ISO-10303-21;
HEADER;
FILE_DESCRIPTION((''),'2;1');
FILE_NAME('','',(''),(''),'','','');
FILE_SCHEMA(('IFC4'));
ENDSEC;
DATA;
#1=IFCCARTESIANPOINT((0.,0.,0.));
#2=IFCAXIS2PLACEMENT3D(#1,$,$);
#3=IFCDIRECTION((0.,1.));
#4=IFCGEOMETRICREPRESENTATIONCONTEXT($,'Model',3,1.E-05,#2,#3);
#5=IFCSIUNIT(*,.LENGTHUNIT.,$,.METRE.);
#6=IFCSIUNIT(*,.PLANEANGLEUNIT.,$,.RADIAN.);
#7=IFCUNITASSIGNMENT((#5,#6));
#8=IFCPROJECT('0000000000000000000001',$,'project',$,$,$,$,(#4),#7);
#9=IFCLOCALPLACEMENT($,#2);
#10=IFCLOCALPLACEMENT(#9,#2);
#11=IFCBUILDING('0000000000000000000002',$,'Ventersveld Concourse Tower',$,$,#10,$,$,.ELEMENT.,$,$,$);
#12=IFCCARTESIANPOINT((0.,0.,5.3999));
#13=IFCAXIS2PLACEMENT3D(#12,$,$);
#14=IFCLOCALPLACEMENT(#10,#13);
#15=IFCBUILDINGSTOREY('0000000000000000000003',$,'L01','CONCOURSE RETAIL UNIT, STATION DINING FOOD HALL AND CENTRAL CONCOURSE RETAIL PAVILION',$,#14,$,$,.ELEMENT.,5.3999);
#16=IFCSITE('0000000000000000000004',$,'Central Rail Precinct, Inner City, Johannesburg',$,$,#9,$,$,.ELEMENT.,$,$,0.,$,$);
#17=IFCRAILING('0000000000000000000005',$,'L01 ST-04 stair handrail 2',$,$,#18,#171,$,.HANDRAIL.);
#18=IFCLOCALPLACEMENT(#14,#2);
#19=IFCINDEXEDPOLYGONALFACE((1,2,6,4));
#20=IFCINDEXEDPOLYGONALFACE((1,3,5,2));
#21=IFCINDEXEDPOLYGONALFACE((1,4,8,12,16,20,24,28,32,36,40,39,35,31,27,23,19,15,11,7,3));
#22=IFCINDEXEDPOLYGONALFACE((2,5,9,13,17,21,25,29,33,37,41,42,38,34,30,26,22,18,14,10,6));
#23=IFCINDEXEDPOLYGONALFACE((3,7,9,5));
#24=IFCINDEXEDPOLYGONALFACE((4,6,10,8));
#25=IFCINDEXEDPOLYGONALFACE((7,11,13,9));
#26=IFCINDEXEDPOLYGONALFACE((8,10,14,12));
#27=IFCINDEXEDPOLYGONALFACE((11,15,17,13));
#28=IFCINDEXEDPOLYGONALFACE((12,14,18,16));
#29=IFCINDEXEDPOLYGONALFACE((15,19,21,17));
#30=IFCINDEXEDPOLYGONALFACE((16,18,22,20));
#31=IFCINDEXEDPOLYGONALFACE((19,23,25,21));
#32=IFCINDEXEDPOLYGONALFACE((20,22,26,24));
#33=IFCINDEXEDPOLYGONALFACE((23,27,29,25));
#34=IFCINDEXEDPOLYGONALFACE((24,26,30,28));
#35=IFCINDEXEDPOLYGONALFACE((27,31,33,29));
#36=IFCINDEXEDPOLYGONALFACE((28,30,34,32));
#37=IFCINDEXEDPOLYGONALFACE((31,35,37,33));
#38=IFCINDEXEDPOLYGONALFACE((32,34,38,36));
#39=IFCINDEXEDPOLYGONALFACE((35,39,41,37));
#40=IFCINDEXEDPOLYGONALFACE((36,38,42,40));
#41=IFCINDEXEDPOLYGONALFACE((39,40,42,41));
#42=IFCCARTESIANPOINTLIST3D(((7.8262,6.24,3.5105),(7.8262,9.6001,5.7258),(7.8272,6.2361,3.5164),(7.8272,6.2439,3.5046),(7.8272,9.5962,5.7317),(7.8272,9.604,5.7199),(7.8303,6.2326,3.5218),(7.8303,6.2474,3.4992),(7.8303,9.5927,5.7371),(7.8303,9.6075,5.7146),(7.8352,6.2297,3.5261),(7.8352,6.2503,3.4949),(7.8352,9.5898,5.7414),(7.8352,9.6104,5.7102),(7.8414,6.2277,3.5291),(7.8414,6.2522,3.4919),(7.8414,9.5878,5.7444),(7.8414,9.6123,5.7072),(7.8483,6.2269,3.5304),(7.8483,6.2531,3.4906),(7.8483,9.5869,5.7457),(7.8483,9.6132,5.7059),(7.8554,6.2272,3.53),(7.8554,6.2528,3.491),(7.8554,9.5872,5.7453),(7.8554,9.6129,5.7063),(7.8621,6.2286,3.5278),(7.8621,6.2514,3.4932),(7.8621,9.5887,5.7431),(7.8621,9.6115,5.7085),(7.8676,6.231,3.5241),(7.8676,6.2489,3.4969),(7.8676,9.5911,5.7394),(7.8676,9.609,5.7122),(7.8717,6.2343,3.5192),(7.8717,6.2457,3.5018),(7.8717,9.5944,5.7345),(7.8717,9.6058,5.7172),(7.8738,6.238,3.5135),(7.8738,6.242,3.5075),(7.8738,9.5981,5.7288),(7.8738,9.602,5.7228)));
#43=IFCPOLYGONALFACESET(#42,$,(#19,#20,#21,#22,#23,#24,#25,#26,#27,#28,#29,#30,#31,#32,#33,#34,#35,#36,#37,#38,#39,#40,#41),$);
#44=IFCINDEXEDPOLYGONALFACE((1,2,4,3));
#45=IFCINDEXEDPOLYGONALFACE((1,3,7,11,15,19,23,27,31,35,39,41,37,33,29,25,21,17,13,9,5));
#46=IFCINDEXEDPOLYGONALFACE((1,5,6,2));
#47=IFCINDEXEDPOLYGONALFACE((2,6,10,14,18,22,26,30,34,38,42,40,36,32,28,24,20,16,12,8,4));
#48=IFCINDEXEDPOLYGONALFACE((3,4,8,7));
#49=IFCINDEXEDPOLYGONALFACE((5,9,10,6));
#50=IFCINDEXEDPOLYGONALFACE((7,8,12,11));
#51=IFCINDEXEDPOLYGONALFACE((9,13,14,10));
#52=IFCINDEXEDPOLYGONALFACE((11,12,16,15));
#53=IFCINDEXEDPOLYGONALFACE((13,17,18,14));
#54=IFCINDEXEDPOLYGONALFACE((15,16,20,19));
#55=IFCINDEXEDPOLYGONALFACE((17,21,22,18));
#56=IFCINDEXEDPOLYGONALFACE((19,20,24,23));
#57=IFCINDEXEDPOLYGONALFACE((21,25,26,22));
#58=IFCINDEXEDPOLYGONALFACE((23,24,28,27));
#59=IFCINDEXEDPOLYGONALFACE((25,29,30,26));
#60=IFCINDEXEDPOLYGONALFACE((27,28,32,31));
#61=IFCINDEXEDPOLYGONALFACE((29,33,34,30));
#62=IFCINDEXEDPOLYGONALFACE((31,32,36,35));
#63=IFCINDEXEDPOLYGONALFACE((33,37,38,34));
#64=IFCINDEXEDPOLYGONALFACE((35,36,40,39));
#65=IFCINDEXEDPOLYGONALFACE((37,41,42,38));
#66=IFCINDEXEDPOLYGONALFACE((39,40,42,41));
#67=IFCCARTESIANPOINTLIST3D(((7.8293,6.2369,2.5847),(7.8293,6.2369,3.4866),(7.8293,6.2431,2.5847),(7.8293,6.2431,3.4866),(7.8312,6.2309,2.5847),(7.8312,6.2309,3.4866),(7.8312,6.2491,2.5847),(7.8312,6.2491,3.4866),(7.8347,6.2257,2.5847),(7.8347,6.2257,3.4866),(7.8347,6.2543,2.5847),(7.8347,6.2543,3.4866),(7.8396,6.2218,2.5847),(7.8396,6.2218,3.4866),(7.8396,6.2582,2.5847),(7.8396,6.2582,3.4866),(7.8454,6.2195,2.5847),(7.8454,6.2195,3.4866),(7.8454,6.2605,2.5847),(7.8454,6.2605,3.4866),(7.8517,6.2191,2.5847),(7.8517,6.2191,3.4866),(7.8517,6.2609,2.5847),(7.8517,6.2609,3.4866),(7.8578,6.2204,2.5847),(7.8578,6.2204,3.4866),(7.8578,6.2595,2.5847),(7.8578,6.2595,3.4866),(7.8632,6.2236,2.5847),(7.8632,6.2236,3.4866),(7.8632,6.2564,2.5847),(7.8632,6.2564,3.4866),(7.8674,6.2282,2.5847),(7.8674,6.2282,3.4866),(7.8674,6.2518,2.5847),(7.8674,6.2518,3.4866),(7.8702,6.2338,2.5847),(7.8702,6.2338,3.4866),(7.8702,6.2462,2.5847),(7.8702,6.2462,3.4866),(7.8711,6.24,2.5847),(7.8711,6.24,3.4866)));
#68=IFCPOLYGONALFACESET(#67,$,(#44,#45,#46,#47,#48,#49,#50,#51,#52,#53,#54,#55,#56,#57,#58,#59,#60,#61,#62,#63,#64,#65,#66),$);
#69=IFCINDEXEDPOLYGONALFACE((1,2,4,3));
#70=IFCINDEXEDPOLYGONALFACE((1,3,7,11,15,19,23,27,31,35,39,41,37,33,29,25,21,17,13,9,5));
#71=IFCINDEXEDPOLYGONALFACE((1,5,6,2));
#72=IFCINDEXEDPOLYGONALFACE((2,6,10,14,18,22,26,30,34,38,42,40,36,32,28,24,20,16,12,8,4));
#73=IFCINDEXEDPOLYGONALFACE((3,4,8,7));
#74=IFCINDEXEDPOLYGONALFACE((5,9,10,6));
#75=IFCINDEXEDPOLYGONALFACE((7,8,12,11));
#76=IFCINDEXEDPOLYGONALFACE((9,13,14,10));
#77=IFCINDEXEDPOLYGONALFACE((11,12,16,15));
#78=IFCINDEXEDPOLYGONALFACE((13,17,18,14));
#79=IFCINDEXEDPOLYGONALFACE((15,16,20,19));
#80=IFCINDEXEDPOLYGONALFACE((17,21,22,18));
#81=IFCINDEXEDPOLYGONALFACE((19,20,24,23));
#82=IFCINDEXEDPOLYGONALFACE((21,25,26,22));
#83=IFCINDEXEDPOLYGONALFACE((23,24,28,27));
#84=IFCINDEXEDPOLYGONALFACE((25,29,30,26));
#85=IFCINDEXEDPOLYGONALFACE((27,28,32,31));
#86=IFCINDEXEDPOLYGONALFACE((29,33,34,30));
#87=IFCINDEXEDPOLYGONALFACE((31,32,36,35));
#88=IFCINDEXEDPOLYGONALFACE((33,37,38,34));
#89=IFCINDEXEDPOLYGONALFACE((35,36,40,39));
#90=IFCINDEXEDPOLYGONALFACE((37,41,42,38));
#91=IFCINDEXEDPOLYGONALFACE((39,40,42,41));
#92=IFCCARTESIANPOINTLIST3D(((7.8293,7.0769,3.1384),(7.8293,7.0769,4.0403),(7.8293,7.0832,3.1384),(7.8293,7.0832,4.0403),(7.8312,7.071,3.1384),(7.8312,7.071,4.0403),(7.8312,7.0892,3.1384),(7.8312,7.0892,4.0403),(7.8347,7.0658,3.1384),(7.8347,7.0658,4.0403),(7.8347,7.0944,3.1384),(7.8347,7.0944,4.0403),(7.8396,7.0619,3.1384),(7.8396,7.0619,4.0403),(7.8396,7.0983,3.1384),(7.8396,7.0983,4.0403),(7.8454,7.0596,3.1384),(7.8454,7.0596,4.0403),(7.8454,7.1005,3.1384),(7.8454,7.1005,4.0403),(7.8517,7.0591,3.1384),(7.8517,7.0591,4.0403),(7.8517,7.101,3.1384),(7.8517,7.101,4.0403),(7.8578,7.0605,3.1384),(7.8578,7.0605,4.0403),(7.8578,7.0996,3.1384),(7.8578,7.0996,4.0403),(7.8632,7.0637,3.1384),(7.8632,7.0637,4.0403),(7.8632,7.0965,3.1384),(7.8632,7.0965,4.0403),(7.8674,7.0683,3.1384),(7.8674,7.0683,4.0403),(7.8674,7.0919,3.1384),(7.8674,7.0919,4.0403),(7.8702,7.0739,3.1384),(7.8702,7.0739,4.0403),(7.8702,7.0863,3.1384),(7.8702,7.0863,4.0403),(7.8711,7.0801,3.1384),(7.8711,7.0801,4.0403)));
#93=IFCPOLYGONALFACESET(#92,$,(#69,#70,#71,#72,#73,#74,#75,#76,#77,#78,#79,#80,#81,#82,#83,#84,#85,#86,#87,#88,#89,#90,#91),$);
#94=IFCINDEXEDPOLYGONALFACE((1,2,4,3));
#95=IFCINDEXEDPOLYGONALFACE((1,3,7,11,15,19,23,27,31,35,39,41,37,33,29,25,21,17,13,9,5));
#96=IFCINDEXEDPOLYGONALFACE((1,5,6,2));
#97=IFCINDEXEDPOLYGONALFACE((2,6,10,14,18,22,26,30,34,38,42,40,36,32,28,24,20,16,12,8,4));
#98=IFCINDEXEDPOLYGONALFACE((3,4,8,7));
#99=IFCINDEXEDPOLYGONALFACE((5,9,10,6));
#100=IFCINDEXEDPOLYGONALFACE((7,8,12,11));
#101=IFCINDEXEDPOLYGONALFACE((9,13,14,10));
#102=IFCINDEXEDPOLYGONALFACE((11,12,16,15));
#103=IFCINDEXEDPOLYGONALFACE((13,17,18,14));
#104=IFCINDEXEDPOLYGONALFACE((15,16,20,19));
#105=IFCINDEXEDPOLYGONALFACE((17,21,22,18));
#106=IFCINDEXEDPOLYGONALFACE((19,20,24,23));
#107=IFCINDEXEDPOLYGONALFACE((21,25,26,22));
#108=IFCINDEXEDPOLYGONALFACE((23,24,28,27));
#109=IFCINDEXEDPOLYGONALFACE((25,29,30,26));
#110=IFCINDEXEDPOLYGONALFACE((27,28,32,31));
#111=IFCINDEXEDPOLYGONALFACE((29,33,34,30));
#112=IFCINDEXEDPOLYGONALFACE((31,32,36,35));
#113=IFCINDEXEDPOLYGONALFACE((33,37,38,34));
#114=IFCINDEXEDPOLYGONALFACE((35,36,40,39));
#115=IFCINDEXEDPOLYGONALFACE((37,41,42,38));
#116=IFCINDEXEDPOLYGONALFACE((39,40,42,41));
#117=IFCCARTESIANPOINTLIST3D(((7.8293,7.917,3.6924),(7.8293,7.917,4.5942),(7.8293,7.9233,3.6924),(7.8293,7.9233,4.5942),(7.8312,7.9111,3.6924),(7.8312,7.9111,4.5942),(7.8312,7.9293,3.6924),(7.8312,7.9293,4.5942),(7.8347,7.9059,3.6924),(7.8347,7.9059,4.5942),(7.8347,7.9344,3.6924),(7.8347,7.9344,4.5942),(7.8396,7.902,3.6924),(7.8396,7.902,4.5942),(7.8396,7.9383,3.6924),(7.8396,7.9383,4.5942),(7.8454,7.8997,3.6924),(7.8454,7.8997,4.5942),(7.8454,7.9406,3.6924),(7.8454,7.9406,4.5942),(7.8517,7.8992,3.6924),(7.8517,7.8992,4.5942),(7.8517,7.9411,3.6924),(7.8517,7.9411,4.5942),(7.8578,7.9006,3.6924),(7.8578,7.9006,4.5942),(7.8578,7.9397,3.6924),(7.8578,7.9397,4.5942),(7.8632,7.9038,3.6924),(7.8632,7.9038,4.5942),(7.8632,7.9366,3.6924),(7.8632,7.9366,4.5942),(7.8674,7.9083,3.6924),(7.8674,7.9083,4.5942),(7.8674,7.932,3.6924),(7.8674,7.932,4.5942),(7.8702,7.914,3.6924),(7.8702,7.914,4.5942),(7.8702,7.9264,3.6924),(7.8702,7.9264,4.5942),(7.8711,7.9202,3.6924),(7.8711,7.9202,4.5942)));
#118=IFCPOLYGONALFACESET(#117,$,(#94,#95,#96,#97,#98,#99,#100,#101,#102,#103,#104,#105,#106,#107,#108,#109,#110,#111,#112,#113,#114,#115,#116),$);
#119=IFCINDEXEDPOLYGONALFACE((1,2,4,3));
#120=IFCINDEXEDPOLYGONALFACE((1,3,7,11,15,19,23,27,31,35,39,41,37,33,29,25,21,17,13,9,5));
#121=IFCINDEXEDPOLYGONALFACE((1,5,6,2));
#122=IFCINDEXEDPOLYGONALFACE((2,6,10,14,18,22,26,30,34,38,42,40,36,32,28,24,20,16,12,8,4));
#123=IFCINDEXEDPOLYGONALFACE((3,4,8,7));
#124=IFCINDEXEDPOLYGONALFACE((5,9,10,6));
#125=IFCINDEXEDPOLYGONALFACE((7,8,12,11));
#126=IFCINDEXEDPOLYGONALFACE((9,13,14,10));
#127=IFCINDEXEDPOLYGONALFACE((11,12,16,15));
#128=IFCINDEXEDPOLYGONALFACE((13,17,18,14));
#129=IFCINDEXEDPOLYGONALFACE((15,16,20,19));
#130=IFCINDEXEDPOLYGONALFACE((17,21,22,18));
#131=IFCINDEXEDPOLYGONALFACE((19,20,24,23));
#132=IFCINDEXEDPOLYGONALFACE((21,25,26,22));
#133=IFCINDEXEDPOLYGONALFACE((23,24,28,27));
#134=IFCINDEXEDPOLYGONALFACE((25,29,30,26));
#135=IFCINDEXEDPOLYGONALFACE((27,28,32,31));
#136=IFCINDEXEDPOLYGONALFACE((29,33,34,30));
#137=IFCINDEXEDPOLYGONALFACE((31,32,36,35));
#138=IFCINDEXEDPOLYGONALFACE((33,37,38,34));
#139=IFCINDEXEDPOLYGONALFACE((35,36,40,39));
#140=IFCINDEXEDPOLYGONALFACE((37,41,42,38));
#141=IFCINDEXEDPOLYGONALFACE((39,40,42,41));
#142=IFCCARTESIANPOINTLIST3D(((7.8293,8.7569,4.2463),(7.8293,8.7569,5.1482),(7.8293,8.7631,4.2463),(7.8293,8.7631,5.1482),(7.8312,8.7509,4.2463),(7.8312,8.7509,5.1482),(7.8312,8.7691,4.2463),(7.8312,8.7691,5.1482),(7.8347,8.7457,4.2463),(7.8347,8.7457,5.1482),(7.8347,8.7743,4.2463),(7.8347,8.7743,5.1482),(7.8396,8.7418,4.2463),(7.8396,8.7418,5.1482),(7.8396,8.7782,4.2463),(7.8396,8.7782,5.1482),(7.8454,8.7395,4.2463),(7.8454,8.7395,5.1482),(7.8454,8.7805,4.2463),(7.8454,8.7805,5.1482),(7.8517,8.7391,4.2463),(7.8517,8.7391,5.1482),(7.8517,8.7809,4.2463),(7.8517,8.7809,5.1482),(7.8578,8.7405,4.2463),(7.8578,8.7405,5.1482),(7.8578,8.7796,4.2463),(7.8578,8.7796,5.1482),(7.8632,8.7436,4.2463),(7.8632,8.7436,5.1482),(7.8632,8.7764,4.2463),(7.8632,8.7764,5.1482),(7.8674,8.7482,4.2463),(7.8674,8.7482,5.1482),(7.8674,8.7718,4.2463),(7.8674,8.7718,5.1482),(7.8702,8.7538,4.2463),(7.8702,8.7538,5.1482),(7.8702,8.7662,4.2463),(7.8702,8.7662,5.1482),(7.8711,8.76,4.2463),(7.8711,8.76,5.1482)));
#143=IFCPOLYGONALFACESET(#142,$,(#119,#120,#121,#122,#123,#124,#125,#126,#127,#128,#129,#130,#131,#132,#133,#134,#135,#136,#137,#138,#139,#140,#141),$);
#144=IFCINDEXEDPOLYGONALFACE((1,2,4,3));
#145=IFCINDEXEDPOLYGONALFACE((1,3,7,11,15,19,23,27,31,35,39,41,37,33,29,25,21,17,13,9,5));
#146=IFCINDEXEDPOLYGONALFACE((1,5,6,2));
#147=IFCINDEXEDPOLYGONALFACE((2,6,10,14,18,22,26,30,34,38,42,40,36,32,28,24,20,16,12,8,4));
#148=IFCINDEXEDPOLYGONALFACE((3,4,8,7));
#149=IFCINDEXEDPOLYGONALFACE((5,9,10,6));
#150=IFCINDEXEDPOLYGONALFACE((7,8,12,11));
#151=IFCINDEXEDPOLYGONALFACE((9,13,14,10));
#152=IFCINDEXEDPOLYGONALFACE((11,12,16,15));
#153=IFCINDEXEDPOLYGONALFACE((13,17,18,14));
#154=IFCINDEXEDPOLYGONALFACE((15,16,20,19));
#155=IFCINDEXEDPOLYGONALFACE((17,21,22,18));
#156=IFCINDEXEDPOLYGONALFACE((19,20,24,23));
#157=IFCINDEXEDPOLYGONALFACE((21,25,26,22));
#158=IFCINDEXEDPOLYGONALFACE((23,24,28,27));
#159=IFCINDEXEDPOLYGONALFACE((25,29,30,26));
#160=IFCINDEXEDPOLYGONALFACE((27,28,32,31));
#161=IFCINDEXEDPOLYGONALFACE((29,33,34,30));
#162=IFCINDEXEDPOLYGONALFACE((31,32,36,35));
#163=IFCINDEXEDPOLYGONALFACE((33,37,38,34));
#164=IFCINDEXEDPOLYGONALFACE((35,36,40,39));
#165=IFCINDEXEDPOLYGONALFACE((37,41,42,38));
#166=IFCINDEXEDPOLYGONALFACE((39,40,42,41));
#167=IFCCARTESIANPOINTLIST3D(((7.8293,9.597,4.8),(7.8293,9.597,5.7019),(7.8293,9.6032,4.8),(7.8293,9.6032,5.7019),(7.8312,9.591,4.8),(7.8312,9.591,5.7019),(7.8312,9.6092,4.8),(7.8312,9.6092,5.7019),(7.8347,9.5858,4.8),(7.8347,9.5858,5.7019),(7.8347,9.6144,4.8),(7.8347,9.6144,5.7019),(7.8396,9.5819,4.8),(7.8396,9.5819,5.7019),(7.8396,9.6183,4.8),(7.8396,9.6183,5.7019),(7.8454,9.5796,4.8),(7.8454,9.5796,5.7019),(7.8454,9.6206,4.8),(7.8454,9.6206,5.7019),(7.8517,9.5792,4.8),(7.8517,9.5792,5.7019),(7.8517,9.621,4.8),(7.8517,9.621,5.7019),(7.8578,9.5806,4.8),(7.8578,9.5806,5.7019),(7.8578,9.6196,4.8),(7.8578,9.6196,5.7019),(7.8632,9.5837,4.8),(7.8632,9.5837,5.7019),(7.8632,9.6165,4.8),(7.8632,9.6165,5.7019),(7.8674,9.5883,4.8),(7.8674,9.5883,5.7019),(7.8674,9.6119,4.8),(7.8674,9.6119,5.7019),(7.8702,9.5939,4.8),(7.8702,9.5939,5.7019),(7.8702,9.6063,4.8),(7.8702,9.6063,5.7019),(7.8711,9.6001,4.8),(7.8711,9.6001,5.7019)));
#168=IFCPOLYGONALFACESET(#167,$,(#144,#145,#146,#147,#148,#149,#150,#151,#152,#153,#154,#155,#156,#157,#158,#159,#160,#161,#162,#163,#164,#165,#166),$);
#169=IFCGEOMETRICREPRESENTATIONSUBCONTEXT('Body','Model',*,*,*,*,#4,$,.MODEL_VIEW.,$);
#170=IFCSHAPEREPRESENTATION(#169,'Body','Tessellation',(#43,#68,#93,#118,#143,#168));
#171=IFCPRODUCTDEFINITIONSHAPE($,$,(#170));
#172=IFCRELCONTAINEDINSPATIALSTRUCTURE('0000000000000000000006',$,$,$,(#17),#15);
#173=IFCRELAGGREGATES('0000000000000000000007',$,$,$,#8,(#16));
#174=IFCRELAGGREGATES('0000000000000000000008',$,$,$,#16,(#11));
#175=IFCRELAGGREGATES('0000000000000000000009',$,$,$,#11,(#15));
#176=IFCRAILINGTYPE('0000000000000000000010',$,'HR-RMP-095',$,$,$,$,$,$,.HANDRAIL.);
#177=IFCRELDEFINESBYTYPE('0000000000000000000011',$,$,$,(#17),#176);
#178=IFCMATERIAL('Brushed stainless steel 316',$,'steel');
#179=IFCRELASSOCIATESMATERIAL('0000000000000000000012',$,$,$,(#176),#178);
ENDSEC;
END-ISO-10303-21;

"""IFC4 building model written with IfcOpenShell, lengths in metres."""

from ifc_helpers import new_model, si_unit, direction, frame, origin, origin_2d, place, context, subcontext, project, spatial, circle, extrude, material, type_object, element, save


model = new_model("IFC4")

# Units and contexts
model_context = context("Model", 3, precision=1e-05, world=origin(), true_north=direction((0.0, 1.0)))
body_context = subcontext(model_context, "Body", "Model", "MODEL_VIEW")
ifc_project = project(units=[si_unit("LENGTHUNIT", "METRE"), si_unit("PLANEANGLEUNIT", "RADIAN")], contexts=[model_context])

# Site, building, storey
site_placement = place(None, origin())
site = spatial("IfcSite", under=ifc_project, at=site_placement, Name="Central Rail Precinct, Inner City, Johannesburg", CompositionType="ELEMENT", RefElevation=0.0)
building_placement = place(site_placement, origin())
building = spatial("IfcBuilding", under=site, at=building_placement, Name="Ventersveld Concourse Tower", CompositionType="ELEMENT")
storey_placement = place(building_placement, frame((0.0, 0.0, 5.3999)))
storey = spatial("IfcBuildingStorey", under=building, at=storey_placement, Name="L01", Description="CONCOURSE RETAIL UNIT, STATION DINING FOOD HALL AND CENTRAL CONCOURSE RETAIL PAVILION", CompositionType="ELEMENT", Elevation=5.3999)

# Shared definitions
ifc_material_1 = material(Name="Brushed stainless steel 316", Category="steel")

# Railing
railing_type_1 = type_object("IfcRailingType", Name="HR-RMP-095", PredefinedType="HANDRAIL", material=ifc_material_1)
railing_1_placement = place(storey_placement, frame((7.8501, 6.24, 2.5847)))
element("IfcRailing", 1, at=railing_1_placement, inside=storey, type_object=railing_type_1, Name="L01 ST-04 stair handrail 2", PredefinedType="HANDRAIL", context=body_context, shape_type="SweptSolid", body=[
    extrude(circle(Radius=0.0239, at=origin_2d()), frame((0.0, 0.0, 0.9258), z_axis=(0.0, 0.834876, 0.550437), x_axis=(-1.0, 0.0, 0.0)), (0.0, 0.0, 1.0), 4.0247),
    extrude(circle(Radius=0.021, at=origin_2d()), origin(), (0.0, 0.0, 1.0), 0.9019),
    extrude(circle(Radius=0.021, at=origin_2d()), frame((0.0, 0.8401, 0.5537)), (0.0, 0.0, 1.0), 0.9019),
    extrude(circle(Radius=0.021, at=origin_2d()), frame((0.0, 1.6802, 1.1077)), (0.0, 0.0, 1.0), 0.9019),
    extrude(circle(Radius=0.021, at=origin_2d()), frame((0.0, 2.52, 1.6616)), (0.0, 0.0, 1.0), 0.9019),
    extrude(circle(Radius=0.021, at=origin_2d()), frame((0.0, 3.3601, 2.2153)), (0.0, 0.0, 1.0), 0.9019),
])

save(model, "model.ifc")
